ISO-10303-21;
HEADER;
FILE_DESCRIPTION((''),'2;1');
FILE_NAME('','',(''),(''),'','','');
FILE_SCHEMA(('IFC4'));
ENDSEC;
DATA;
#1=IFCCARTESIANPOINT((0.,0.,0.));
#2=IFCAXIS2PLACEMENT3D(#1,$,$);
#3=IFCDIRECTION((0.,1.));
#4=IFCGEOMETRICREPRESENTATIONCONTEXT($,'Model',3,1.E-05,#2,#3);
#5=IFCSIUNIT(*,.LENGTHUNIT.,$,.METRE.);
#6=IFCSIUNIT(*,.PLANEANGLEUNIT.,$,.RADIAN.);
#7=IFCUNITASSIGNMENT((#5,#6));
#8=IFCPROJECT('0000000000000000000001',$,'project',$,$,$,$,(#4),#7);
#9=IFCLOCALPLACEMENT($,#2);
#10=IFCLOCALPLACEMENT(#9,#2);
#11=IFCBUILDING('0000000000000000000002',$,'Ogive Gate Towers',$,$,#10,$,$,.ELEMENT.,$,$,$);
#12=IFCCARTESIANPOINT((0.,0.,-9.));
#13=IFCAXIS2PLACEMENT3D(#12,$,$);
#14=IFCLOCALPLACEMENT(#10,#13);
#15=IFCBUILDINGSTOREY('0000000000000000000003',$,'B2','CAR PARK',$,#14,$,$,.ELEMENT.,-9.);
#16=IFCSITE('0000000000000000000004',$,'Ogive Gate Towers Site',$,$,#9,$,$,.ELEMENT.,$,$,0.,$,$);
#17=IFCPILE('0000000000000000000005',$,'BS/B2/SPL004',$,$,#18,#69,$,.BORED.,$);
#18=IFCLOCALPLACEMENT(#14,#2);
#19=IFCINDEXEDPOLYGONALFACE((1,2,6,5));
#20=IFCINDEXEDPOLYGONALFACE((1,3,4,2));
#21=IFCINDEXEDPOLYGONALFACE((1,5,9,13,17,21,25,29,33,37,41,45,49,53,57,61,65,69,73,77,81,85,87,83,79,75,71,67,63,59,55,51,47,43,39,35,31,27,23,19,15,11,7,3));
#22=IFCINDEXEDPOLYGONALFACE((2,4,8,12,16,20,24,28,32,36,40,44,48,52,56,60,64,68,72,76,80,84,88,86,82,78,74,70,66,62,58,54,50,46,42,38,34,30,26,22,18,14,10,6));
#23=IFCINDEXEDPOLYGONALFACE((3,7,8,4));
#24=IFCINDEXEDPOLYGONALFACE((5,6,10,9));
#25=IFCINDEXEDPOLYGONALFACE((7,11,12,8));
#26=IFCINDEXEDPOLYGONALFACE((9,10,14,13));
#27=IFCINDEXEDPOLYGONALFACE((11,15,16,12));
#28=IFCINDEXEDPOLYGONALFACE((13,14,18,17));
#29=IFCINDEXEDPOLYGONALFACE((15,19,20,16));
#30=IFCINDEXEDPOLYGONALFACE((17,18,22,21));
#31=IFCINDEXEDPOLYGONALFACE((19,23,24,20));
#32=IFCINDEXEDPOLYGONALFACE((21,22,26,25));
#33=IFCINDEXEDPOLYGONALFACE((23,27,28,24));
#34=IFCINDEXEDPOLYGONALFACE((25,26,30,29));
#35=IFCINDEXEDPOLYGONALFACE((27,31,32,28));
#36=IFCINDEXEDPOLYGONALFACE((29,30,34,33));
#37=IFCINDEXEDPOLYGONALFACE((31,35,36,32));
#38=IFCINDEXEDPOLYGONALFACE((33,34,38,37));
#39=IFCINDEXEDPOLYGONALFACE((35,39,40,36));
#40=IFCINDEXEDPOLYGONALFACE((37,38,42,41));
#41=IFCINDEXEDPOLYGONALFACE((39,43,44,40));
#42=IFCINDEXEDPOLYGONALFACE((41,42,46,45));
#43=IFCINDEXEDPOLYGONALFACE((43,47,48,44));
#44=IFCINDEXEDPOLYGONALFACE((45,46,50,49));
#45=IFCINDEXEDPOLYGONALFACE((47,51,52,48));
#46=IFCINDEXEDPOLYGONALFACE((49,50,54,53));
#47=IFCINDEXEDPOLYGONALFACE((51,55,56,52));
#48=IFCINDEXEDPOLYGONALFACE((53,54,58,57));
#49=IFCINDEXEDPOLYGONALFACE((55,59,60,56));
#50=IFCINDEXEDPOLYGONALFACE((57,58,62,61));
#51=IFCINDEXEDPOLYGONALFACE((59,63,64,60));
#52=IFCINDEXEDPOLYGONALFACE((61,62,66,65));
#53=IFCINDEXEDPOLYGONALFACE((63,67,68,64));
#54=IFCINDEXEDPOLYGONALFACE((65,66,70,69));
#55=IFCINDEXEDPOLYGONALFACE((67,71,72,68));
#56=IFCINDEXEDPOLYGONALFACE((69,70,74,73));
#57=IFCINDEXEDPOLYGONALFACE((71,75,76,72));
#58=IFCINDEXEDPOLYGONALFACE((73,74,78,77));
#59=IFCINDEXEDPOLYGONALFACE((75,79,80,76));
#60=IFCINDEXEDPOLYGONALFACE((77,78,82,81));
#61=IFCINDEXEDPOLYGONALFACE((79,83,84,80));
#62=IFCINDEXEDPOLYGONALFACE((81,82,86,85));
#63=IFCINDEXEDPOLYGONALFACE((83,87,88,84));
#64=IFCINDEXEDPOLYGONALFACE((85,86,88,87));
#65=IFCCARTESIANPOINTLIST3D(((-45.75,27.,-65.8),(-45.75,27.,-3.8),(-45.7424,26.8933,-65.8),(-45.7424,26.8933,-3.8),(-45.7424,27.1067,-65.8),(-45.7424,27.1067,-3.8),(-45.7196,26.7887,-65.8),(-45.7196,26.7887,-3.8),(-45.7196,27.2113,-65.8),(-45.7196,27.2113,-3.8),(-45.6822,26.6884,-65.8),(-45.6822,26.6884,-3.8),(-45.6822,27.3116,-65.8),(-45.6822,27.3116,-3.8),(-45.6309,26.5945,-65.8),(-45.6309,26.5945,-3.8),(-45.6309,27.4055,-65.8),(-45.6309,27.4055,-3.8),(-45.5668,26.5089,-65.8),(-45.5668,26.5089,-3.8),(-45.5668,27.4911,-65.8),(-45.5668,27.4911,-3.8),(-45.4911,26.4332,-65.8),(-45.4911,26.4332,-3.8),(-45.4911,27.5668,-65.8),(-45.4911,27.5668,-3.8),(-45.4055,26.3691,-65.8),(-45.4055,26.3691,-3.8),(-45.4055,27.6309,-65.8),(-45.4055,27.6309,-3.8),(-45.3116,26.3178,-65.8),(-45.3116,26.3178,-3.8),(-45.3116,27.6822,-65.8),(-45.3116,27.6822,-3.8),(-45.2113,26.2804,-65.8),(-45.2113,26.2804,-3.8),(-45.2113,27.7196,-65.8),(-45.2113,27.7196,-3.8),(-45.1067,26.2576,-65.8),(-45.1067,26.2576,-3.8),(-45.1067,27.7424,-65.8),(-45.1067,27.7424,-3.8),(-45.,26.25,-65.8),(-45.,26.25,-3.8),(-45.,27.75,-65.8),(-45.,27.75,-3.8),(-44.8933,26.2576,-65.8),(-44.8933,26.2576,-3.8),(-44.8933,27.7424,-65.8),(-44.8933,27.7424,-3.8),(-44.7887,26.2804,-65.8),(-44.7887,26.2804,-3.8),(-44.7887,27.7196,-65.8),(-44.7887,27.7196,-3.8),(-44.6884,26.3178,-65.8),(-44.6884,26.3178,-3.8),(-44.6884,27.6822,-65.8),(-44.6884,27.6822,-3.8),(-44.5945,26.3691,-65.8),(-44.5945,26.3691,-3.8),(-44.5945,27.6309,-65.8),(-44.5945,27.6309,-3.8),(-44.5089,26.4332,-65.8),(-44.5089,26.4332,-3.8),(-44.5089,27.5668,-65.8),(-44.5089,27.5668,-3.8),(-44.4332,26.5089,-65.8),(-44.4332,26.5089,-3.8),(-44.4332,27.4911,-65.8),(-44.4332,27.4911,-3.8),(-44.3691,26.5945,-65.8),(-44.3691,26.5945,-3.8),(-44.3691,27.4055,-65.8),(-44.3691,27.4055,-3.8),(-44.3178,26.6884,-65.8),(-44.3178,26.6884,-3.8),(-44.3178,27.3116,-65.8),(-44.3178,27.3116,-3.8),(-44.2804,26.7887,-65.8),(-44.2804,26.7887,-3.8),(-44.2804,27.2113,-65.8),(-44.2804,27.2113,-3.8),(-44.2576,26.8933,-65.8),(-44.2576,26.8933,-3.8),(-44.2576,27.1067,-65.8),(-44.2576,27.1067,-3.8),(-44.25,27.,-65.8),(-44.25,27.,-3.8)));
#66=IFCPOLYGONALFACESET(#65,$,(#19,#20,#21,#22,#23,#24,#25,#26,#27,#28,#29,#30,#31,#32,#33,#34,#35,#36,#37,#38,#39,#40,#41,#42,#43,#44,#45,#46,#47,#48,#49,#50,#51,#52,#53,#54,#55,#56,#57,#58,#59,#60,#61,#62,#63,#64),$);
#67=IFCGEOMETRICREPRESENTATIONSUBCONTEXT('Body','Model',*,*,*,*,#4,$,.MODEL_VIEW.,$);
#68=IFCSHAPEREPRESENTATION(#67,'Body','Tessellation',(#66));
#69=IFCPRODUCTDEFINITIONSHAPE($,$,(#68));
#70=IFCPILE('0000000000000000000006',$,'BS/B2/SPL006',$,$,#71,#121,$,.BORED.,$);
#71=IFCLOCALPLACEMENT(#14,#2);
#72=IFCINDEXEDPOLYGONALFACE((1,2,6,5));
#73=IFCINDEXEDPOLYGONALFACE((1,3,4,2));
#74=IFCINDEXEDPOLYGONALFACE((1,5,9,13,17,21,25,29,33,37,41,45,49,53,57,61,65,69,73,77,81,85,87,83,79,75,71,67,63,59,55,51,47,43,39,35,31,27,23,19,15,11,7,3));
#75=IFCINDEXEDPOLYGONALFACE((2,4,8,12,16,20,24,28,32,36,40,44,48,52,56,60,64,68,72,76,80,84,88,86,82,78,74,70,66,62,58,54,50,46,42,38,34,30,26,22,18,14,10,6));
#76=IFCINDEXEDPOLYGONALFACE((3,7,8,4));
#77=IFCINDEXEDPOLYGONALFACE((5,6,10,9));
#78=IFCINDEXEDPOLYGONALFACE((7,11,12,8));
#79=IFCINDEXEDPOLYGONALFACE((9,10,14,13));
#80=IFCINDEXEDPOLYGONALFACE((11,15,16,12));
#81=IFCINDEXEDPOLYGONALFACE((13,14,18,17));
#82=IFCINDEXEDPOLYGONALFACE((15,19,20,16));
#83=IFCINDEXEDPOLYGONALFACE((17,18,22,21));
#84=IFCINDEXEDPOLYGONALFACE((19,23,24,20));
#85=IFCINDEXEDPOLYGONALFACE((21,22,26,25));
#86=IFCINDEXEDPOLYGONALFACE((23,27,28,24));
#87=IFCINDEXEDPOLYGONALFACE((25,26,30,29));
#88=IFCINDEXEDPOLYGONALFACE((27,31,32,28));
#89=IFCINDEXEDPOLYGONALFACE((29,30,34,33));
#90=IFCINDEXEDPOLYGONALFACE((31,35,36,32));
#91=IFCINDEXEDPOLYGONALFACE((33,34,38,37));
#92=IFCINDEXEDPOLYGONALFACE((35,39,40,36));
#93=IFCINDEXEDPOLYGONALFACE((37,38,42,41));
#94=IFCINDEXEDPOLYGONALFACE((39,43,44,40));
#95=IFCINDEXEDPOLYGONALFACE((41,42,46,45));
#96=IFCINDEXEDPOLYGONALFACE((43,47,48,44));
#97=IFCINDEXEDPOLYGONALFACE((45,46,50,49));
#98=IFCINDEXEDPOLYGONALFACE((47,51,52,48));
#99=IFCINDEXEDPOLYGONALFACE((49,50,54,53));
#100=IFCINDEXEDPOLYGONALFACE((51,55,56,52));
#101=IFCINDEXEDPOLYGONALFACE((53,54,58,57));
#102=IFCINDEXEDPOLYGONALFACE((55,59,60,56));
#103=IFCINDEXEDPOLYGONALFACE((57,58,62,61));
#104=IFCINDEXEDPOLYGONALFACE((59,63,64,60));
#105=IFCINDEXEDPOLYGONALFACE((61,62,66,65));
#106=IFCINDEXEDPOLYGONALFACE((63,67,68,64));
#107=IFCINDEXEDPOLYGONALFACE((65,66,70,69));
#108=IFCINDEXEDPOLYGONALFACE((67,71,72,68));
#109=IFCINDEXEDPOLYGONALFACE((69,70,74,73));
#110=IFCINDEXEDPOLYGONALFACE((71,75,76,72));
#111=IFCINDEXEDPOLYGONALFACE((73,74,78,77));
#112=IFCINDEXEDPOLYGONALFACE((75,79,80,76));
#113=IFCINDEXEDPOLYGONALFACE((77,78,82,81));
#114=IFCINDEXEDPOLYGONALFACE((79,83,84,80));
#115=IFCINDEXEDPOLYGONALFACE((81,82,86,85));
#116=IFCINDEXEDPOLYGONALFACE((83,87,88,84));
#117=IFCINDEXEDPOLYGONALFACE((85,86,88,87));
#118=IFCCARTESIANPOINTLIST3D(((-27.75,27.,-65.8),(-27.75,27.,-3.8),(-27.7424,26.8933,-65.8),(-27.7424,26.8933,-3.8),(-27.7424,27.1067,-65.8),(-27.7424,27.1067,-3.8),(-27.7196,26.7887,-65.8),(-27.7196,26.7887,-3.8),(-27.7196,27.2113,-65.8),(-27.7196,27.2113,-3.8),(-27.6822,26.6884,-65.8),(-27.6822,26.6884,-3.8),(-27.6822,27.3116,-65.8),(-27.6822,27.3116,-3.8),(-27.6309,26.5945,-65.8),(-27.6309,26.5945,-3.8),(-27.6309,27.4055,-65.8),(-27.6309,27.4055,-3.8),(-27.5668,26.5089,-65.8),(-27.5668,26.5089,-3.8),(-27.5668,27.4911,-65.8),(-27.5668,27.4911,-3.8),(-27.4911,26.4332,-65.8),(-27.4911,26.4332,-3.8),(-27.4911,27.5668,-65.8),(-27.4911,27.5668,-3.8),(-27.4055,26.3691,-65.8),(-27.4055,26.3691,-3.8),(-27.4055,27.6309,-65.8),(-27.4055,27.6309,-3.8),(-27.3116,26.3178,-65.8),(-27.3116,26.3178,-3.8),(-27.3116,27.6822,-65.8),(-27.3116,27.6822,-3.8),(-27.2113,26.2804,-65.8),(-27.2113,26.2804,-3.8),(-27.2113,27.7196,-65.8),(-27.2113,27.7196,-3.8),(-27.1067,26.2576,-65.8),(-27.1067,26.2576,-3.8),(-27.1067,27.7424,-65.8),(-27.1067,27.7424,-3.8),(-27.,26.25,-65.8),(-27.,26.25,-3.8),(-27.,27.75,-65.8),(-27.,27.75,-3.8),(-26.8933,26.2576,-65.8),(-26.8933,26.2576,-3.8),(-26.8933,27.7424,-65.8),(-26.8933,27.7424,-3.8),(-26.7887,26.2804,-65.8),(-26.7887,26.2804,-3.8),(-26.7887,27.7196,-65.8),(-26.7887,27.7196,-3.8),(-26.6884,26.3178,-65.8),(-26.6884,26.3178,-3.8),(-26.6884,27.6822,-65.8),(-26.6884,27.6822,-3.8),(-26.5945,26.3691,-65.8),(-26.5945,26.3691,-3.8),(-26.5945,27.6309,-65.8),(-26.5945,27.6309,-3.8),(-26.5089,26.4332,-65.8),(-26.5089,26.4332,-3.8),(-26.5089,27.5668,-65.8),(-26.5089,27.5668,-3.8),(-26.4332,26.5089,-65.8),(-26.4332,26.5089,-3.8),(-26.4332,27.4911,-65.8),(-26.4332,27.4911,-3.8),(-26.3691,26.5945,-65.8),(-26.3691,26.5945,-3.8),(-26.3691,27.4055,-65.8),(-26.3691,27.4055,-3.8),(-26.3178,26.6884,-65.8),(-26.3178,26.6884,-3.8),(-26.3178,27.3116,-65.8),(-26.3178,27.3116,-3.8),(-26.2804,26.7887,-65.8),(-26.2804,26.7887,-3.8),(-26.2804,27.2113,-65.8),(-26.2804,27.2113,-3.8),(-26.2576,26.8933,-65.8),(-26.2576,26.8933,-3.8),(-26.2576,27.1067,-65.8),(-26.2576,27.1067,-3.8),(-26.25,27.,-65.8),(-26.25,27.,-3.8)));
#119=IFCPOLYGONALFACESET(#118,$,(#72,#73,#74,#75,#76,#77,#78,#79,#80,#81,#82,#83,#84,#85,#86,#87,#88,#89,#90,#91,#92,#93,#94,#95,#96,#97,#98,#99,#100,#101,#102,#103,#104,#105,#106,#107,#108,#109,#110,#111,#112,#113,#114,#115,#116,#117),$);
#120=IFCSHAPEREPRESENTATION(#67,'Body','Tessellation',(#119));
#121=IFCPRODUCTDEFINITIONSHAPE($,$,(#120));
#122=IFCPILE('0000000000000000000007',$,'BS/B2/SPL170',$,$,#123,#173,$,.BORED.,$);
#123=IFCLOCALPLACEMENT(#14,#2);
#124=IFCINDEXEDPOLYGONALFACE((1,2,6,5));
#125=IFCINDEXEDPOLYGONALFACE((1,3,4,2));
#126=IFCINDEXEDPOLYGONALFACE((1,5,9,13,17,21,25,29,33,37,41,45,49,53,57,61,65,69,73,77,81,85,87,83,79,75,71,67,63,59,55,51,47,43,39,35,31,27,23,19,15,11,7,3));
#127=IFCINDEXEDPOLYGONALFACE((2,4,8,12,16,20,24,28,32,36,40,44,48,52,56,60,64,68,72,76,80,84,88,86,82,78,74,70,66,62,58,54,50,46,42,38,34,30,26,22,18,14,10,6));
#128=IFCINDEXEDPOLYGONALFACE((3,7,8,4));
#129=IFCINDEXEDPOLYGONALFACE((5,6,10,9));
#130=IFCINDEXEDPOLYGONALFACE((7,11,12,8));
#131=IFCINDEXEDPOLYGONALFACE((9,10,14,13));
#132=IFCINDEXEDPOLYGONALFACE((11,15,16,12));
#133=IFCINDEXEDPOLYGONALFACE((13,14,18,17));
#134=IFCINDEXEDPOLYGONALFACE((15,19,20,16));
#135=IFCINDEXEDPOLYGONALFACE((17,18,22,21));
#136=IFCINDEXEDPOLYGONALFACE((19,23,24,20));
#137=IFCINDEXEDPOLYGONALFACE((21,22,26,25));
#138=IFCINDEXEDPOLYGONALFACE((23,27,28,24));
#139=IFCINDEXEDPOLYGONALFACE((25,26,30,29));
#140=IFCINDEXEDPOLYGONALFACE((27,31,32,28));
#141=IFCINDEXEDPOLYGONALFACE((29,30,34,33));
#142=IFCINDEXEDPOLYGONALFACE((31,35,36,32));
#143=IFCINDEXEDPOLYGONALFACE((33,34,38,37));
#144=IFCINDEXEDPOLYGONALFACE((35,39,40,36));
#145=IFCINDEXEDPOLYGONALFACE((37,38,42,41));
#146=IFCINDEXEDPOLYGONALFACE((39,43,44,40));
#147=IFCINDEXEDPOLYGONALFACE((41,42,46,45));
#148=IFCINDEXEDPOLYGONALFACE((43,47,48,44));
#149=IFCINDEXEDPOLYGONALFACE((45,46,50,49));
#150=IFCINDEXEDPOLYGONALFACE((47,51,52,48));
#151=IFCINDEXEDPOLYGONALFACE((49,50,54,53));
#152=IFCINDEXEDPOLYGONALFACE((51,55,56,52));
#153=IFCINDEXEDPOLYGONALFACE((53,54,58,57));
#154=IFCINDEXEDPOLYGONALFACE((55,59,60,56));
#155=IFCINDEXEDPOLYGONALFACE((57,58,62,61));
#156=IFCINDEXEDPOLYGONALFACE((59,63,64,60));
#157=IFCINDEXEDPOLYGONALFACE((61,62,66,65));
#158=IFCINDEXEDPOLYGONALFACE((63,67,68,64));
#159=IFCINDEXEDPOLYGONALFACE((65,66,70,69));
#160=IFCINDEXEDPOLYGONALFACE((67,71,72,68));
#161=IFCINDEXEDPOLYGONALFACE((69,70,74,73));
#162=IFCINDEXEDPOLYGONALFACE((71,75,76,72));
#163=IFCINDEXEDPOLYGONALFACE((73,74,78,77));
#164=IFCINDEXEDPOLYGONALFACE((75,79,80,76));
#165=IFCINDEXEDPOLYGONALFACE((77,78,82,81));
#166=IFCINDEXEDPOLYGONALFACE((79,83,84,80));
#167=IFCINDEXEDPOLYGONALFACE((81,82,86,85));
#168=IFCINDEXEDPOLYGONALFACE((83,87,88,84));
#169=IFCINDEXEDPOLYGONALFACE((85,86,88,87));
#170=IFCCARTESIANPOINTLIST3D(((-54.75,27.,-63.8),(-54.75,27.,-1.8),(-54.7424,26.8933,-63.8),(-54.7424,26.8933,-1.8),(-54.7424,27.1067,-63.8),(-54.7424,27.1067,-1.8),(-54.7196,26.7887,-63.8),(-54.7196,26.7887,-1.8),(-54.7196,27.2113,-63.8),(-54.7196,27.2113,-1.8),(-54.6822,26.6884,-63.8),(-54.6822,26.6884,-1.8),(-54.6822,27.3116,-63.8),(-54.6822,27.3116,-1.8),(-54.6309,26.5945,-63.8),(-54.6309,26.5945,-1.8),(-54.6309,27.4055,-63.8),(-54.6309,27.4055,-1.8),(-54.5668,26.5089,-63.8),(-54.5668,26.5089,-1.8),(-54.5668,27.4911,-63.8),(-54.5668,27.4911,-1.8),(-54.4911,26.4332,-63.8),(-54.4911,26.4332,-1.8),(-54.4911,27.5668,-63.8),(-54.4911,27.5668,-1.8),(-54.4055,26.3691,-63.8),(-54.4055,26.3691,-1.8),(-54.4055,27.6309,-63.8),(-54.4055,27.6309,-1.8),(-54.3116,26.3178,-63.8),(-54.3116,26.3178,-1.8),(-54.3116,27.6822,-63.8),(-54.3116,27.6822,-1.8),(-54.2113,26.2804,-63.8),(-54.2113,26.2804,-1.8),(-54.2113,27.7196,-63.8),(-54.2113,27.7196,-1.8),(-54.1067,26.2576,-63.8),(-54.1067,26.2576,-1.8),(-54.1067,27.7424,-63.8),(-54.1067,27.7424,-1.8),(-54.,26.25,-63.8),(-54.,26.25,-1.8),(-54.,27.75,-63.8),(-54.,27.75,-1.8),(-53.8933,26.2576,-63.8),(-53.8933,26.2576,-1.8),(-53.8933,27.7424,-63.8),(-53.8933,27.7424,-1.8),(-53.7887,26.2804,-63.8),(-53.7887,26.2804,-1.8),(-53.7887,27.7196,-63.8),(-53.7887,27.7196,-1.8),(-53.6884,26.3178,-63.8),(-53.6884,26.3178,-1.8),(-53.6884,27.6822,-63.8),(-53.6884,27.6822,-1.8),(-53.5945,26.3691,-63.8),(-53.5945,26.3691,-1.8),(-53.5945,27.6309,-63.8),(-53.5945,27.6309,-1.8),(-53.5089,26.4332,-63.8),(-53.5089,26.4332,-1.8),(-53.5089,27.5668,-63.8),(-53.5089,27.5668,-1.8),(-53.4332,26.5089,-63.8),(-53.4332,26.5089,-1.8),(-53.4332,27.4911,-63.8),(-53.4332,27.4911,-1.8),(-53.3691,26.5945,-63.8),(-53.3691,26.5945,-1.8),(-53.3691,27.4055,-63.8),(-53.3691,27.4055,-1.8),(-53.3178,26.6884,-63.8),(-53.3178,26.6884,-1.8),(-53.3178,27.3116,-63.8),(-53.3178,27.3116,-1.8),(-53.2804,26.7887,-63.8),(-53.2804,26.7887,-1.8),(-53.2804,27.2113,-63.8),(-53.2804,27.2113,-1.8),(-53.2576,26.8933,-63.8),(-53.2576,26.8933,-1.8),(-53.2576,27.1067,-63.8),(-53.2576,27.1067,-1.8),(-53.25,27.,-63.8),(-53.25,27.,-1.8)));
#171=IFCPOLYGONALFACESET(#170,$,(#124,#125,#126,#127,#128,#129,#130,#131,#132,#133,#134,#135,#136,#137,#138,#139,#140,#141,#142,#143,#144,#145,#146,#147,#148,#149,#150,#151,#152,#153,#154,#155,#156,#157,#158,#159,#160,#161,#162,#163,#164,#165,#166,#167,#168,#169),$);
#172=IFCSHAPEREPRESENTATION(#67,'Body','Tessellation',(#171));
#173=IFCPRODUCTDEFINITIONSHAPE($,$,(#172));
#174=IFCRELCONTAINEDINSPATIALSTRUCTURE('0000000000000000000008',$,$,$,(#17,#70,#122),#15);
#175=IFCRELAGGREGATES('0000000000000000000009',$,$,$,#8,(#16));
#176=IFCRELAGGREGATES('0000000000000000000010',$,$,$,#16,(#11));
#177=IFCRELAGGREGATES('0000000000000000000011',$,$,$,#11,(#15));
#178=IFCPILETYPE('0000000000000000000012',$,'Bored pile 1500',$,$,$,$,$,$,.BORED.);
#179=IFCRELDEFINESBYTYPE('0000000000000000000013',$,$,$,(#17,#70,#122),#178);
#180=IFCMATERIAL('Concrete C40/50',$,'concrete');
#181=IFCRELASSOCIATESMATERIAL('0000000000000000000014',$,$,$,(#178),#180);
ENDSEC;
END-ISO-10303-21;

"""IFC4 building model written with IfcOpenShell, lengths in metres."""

from ifc_helpers import new_model, si_unit, direction, frame, origin, origin_2d, place, context, subcontext, project, spatial, circle, extrude, material, material_profile, profile_set, type_object, element, save


model = new_model("IFC4")

# Units and contexts
model_context = context("Model", 3, precision=1e-05, world=origin(), true_north=direction((0.0, 1.0)))
body_context = subcontext(model_context, "Body", "Model", "MODEL_VIEW")
ifc_project = project(units=[si_unit("LENGTHUNIT", "METRE"), si_unit("PLANEANGLEUNIT", "RADIAN")], contexts=[model_context])

# Site, building, storey
site_placement = place(None, origin())
site = spatial("IfcSite", under=ifc_project, at=site_placement, Name="Ogive Gate Towers Site", CompositionType="ELEMENT", RefElevation=0.0)
building_placement = place(site_placement, origin())
building = spatial("IfcBuilding", under=site, at=building_placement, Name="Ogive Gate Towers", CompositionType="ELEMENT")
storey_placement = place(building_placement, frame((0.0, 0.0, -9.0)))
storey = spatial("IfcBuildingStorey", under=building, at=storey_placement, Name="B2", Description="CAR PARK", CompositionType="ELEMENT", Elevation=-9.0)

# Piles
ifc_material_1 = material(Name="Concrete C40/50", Category="concrete")
ifc_material_profile_1 = material_profile(ifc_material_1, circle(Radius=0.75, at=origin_2d()), Name="BP 1500")
ifc_profile_set_1 = profile_set([ifc_material_profile_1], Name="Concrete C40/50")
pile_type_1 = type_object("IfcPileType", Name="Bored pile 1500", PredefinedType="BORED", material=ifc_profile_set_1)
for number, where, z_axis, x_axis, name in (
    (1, (-45.0, 27.0, -3.8), (0.0, 0.0, -1.0), (1.0, 0.0, 0.0), "BS/B2/SPL004"),
    (2, (-27.0, 27.0, -3.8), (0.0, 0.0, -1.0), (1.0, 0.0, 0.0), "BS/B2/SPL006"),
    (3, (-54.0, 27.0, -1.8), (0.0, 0.0, -1.0), (1.0, 0.0, 0.0), "BS/B2/SPL170"),
):
    element("IfcPile", number, at=place(storey_placement, frame(where, z_axis=z_axis, x_axis=x_axis)), inside=storey, type_object=pile_type_1, Name=name, PredefinedType="BORED", context=body_context, shape_type="SweptSolid", body=[
        extrude(circle(Radius=0.75, at=origin_2d()), origin(), (0.0, 0.0, 1.0), 62.0),
    ])

save(model, "model.ifc")
